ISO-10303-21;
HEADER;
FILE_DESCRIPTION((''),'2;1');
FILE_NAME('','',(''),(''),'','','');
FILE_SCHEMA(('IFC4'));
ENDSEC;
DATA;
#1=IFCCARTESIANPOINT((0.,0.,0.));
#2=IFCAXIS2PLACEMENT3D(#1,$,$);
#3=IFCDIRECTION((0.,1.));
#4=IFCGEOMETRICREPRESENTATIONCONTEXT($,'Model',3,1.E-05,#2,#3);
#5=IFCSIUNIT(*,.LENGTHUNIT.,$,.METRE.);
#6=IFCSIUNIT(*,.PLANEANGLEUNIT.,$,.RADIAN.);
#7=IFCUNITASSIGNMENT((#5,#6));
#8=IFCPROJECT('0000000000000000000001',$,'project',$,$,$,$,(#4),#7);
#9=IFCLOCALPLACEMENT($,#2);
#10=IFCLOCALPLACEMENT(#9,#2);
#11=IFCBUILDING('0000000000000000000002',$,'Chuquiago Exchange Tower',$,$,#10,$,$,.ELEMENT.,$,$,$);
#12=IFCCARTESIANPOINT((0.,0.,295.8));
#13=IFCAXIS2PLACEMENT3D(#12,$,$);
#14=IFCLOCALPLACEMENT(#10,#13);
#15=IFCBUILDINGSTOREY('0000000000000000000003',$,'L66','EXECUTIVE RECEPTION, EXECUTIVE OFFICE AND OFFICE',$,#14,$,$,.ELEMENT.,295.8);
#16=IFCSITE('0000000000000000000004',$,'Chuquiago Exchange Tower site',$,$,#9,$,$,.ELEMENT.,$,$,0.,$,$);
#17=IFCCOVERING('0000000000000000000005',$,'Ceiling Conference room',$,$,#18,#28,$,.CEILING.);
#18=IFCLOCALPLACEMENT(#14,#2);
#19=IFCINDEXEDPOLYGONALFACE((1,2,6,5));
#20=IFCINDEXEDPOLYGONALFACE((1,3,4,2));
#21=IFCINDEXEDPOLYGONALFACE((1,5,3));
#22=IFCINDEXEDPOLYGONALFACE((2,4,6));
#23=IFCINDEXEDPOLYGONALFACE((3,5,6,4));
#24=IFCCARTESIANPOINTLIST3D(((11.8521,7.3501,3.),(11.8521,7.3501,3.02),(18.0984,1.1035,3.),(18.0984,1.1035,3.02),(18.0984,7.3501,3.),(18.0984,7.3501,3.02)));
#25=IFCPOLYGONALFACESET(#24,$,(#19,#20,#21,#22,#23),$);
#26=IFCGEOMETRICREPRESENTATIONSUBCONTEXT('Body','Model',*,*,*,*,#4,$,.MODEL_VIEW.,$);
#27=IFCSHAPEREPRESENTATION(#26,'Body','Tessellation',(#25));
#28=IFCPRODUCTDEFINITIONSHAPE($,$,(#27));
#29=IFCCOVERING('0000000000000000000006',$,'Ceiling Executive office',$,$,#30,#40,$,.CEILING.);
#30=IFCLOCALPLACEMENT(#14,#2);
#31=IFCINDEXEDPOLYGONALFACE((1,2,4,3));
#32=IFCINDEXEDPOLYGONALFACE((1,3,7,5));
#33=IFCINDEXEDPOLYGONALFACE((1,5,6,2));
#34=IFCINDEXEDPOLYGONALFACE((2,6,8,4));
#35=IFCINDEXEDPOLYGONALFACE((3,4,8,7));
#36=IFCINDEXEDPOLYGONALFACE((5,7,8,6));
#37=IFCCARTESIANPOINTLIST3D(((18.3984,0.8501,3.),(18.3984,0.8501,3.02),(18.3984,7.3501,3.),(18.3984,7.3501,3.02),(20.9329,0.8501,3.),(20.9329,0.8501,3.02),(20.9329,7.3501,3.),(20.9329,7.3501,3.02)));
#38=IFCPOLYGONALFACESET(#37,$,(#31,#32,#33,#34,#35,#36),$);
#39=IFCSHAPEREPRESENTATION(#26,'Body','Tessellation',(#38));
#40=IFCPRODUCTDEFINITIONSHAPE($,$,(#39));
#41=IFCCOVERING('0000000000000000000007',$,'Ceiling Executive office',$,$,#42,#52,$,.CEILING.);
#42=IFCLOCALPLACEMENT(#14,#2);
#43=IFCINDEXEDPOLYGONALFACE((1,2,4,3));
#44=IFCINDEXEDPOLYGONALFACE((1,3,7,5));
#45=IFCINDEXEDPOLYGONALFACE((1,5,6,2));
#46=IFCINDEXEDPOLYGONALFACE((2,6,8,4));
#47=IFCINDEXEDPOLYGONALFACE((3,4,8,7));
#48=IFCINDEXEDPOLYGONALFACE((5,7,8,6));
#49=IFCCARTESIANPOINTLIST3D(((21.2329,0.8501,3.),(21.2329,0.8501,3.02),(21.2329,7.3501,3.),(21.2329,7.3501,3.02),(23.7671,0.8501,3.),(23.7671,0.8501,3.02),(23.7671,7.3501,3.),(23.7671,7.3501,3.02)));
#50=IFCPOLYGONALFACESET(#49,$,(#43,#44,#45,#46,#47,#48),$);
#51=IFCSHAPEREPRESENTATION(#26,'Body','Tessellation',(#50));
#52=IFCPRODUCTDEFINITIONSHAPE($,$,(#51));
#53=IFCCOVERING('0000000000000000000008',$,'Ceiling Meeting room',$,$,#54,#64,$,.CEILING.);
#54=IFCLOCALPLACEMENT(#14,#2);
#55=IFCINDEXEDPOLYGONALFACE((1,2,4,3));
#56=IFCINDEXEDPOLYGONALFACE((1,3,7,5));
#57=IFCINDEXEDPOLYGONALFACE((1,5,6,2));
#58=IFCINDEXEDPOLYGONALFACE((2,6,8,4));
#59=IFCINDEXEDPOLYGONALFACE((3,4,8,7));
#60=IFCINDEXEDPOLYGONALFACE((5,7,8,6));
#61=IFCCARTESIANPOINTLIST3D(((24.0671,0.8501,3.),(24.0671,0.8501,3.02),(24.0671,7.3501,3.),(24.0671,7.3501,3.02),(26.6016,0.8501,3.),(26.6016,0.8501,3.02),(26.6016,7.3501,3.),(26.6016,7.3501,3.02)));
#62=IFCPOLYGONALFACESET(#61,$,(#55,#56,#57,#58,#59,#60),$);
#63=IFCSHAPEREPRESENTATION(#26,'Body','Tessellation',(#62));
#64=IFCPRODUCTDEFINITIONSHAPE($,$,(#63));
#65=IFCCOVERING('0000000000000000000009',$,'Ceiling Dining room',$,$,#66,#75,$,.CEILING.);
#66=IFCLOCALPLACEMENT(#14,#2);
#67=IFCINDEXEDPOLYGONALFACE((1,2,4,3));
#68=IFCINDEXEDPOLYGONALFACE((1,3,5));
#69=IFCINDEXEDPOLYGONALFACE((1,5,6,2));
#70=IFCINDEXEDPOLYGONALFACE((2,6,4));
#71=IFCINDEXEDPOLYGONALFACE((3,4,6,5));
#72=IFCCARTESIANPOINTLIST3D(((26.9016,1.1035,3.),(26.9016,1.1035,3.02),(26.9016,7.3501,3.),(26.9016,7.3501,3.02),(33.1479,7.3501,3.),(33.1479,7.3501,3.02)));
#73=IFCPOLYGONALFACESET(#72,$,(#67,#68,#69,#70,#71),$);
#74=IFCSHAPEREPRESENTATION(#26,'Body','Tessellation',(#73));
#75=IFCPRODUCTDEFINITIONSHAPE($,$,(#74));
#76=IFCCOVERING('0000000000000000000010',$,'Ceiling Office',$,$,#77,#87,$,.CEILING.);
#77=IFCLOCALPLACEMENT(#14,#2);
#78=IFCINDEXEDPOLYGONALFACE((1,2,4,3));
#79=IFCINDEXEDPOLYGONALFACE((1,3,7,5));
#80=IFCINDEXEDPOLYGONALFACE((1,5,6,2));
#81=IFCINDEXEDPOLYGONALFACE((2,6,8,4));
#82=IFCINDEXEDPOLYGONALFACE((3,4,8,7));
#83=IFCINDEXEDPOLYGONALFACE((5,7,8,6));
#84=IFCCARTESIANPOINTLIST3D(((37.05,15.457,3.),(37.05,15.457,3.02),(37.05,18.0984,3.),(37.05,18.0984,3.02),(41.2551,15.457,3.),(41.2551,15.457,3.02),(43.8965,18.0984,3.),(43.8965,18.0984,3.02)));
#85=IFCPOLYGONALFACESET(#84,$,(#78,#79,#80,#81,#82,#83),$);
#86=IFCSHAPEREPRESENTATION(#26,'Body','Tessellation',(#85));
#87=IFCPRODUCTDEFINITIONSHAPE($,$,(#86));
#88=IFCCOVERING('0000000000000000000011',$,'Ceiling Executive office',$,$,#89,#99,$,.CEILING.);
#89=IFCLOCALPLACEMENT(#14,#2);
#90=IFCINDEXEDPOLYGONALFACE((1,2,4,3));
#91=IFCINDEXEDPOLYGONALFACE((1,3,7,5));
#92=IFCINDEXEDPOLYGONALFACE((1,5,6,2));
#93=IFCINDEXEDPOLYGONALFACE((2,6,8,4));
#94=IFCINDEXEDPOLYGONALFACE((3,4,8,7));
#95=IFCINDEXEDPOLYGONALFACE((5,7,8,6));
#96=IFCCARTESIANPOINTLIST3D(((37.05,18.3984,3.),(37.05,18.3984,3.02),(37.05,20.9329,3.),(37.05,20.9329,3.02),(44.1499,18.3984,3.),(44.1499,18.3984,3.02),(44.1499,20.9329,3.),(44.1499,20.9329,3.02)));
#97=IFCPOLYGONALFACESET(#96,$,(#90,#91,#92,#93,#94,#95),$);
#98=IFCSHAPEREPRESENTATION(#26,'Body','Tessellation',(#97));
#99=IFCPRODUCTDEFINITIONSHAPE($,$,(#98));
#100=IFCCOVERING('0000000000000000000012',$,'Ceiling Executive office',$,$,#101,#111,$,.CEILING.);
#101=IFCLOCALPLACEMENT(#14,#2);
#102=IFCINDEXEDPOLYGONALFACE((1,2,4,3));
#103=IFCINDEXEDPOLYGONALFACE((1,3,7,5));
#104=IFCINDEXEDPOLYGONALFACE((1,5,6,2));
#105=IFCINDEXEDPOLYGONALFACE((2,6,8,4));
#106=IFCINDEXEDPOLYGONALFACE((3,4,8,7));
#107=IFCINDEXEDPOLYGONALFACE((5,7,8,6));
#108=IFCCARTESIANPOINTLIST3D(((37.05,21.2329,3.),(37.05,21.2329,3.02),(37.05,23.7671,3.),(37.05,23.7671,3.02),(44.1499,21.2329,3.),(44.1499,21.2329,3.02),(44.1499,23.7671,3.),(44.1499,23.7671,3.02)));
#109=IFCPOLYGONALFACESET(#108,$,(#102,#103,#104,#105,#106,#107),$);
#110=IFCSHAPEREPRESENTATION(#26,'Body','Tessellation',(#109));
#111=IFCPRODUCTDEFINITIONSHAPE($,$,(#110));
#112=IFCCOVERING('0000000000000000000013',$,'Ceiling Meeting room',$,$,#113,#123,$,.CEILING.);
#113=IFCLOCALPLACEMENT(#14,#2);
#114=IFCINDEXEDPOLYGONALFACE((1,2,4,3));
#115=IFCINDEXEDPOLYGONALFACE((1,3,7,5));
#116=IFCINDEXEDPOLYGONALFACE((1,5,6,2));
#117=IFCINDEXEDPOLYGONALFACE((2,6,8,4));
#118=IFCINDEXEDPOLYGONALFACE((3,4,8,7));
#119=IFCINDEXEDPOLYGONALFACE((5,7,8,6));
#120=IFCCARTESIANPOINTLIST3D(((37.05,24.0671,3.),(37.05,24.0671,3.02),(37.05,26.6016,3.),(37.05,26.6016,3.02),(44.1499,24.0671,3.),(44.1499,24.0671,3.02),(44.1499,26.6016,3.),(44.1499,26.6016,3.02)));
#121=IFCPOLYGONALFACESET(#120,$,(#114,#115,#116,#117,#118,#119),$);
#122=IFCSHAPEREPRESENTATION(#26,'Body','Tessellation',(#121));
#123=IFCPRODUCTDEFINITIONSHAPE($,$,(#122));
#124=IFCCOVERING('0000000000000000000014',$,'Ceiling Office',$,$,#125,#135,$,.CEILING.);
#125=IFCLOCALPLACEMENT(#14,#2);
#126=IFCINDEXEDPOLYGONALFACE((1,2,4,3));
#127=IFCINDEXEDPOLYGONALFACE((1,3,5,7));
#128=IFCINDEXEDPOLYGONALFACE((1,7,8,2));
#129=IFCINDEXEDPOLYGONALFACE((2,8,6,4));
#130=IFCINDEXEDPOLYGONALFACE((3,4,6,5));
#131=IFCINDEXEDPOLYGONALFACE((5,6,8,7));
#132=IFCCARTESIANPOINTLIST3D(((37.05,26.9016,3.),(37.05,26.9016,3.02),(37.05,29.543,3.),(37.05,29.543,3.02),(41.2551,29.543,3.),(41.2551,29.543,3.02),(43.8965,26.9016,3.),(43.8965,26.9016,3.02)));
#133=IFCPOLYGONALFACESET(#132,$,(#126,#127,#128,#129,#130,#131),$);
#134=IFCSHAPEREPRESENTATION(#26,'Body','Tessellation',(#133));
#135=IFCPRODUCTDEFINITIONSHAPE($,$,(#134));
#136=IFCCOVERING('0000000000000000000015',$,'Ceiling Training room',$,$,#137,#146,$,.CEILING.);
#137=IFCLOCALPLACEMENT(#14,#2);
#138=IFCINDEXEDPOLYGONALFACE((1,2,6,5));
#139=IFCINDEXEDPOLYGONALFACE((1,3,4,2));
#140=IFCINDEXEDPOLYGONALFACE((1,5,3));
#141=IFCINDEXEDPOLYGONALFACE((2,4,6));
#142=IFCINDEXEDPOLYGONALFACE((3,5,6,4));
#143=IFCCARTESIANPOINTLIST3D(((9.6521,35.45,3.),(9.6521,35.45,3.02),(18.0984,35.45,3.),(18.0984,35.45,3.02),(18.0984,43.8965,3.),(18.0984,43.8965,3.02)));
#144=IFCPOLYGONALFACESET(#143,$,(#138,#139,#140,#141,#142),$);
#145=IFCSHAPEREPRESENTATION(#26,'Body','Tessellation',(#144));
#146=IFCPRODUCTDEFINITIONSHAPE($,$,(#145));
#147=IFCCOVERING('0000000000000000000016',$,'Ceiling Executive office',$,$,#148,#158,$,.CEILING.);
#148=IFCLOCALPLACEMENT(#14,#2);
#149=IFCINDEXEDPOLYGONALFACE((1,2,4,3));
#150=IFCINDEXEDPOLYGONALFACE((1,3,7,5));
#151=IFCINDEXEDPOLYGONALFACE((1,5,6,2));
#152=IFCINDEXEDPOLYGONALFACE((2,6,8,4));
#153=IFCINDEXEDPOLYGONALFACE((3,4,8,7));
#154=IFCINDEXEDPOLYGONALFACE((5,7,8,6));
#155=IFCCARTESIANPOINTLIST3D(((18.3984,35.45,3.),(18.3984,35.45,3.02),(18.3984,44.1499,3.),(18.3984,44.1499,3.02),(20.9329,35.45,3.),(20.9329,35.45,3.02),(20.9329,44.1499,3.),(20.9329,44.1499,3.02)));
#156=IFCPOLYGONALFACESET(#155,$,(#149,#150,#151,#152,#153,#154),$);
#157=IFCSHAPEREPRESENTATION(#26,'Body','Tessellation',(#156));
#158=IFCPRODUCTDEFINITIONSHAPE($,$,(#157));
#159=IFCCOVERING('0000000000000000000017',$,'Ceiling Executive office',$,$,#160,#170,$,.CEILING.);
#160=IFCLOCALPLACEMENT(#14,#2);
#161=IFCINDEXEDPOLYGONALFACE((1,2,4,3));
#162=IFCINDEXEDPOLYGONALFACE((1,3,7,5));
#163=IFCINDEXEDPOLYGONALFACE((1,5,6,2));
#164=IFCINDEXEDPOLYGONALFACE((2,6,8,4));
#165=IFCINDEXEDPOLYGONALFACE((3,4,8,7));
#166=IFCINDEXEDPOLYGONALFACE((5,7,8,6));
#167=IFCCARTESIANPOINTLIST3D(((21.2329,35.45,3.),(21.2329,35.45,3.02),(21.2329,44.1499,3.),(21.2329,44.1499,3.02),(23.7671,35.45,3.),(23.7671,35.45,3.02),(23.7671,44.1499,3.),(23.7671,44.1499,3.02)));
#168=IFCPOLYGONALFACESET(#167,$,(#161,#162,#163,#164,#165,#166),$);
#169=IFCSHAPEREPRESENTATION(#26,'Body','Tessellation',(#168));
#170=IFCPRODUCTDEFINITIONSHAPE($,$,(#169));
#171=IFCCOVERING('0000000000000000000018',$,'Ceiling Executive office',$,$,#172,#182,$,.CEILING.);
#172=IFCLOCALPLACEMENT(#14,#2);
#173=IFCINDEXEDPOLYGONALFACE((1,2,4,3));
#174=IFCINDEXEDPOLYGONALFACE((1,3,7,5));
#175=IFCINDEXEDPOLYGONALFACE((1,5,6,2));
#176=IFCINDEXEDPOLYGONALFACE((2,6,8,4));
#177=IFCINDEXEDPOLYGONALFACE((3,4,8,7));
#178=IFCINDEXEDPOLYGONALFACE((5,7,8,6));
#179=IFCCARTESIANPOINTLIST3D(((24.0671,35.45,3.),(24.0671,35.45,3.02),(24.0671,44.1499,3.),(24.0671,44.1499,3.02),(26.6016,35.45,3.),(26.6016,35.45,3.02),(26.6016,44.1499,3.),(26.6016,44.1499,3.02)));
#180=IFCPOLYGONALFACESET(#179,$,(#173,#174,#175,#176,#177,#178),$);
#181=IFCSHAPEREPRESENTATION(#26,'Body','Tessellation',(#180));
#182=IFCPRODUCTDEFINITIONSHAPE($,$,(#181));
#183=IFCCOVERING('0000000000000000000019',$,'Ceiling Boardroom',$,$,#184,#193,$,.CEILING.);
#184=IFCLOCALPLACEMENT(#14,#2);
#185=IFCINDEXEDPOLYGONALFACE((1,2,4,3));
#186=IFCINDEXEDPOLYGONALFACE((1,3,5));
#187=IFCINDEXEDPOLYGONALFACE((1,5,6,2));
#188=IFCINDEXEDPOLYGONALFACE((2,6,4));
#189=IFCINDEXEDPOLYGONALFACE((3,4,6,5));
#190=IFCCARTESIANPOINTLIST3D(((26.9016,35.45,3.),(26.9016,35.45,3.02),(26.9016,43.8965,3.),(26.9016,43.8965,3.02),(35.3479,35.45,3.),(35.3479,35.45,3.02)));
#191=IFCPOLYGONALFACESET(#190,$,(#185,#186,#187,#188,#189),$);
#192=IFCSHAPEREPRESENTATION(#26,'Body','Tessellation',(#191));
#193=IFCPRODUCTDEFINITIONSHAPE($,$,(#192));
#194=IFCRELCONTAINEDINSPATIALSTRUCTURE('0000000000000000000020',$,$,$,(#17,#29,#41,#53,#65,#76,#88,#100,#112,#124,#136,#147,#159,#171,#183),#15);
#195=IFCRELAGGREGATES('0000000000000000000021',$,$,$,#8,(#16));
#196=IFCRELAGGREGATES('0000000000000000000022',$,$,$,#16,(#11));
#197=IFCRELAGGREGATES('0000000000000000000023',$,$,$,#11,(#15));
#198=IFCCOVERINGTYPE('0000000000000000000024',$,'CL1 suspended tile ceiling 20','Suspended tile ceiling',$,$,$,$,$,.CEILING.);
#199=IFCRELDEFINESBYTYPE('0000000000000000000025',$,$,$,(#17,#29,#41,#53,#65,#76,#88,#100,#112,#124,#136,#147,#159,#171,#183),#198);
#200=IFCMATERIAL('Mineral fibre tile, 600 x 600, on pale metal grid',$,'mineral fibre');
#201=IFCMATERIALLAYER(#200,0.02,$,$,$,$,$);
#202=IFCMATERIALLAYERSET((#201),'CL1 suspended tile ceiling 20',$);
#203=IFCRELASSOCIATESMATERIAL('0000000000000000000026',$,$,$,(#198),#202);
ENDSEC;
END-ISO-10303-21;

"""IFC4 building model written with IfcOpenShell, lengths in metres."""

from ifc_helpers import new_model, si_unit, direction, frame, origin, place, context, subcontext, project, spatial, polyline, outline, extrude, material, layer, layer_set, type_object, element, save


model = new_model("IFC4")

# Units and contexts
model_context = context("Model", 3, precision=1e-05, world=origin(), true_north=direction((0.0, 1.0)))
body_context = subcontext(model_context, "Body", "Model", "MODEL_VIEW")
ifc_project = project(units=[si_unit("LENGTHUNIT", "METRE"), si_unit("PLANEANGLEUNIT", "RADIAN")], contexts=[model_context])

# Site, building, storey
site_placement = place(None, origin())
site = spatial("IfcSite", under=ifc_project, at=site_placement, Name="Chuquiago Exchange Tower site", CompositionType="ELEMENT", RefElevation=0.0)
building_placement = place(site_placement, origin())
building = spatial("IfcBuilding", under=site, at=building_placement, Name="Chuquiago Exchange Tower", CompositionType="ELEMENT")
storey_placement = place(building_placement, frame((0.0, 0.0, 295.8)))
storey = spatial("IfcBuildingStorey", under=building, at=storey_placement, Name="L66", Description="EXECUTIVE RECEPTION, EXECUTIVE OFFICE AND OFFICE", CompositionType="ELEMENT", Elevation=295.8)

# Coverings
ifc_material_1 = material(Name="Mineral fibre tile, 600 x 600, on pale metal grid", Category="mineral fibre")
ifc_layer_1 = layer(ifc_material_1, 0.02)
ifc_layer_set_1 = layer_set([ifc_layer_1], Name="CL1 suspended tile ceiling 20")
covering_type_1 = type_object("IfcCoveringType", Name="CL1 suspended tile ceiling 20", Description="Suspended tile ceiling", PredefinedType="CEILING", material=ifc_layer_set_1)
covering_1_placement = place(storey_placement, frame((0.0, 0.0, 3.0)))
element("IfcCovering", 1, at=covering_1_placement, inside=storey, type_object=covering_type_1, Name="Ceiling Conference room", PredefinedType="CEILING", context=body_context, shape_type="SweptSolid", body=[
    extrude(outline(polyline([(18.0984, 7.3501), (18.0984, 1.1035), (11.8521, 7.3501), (18.0984, 7.3501)])), origin(), (0.0, 0.0, 1.0), 0.02),
])
covering_2_placement = place(storey_placement, frame((0.0, 0.0, 3.0)))
element("IfcCovering", 2, at=covering_2_placement, inside=storey, type_object=covering_type_1, Name="Ceiling Executive office", PredefinedType="CEILING", context=body_context, shape_type="SweptSolid", body=[
    extrude(outline(polyline([(18.3984, 7.3501), (20.9329, 7.3501), (20.9329, 0.8501), (18.3984, 0.8501), (18.3984, 7.3501)])), origin(), (0.0, 0.0, 1.0), 0.02),
])
covering_3_placement = place(storey_placement, frame((0.0, 0.0, 3.0)))
element("IfcCovering", 3, at=covering_3_placement, inside=storey, type_object=covering_type_1, Name="Ceiling Executive office", PredefinedType="CEILING", context=body_context, shape_type="SweptSolid", body=[
    extrude(outline(polyline([(21.2329, 7.3501), (23.7671, 7.3501), (23.7671, 0.8501), (21.2329, 0.8501), (21.2329, 7.3501)])), origin(), (0.0, 0.0, 1.0), 0.02),
])
covering_4_placement = place(storey_placement, frame((0.0, 0.0, 3.0)))
element("IfcCovering", 4, at=covering_4_placement, inside=storey, type_object=covering_type_1, Name="Ceiling Meeting room", PredefinedType="CEILING", context=body_context, shape_type="SweptSolid", body=[
    extrude(outline(polyline([(24.0671, 0.8501), (24.0671, 7.3501), (26.6016, 7.3501), (26.6016, 0.8501), (24.0671, 0.8501)])), origin(), (0.0, 0.0, 1.0), 0.02),
])
covering_5_placement = place(storey_placement, frame((0.0, 0.0, 3.0)))
element("IfcCovering", 5, at=covering_5_placement, inside=storey, type_object=covering_type_1, Name="Ceiling Dining room", PredefinedType="CEILING", context=body_context, shape_type="SweptSolid", body=[
    extrude(outline(polyline([(26.9016, 7.3501), (33.1479, 7.3501), (26.9016, 1.1035), (26.9016, 7.3501)])), origin(), (0.0, 0.0, 1.0), 0.02),
])
covering_6_placement = place(storey_placement, frame((0.0, 0.0, 3.0)))
element("IfcCovering", 6, at=covering_6_placement, inside=storey, type_object=covering_type_1, Name="Ceiling Office", PredefinedType="CEILING", context=body_context, shape_type="SweptSolid", body=[
    extrude(outline(polyline([(37.05, 15.457), (37.05, 18.0984), (43.8965, 18.0984), (41.2551, 15.457), (37.05, 15.457)])), origin(), (0.0, 0.0, 1.0), 0.02),
])
covering_7_placement = place(storey_placement, frame((0.0, 0.0, 3.0)))
element("IfcCovering", 7, at=covering_7_placement, inside=storey, type_object=covering_type_1, Name="Ceiling Executive office", PredefinedType="CEILING", context=body_context, shape_type="SweptSolid", body=[
    extrude(outline(polyline([(37.05, 18.3984), (37.05, 20.9329), (44.1499, 20.9329), (44.1499, 18.3984), (37.05, 18.3984)])), origin(), (0.0, 0.0, 1.0), 0.02),
])
covering_8_placement = place(storey_placement, frame((0.0, 0.0, 3.0)))
element("IfcCovering", 8, at=covering_8_placement, inside=storey, type_object=covering_type_1, Name="Ceiling Executive office", PredefinedType="CEILING", context=body_context, shape_type="SweptSolid", body=[
    extrude(outline(polyline([(37.05, 21.2329), (37.05, 23.7671), (44.1499, 23.7671), (44.1499, 21.2329), (37.05, 21.2329)])), origin(), (0.0, 0.0, 1.0), 0.02),
])
covering_9_placement = place(storey_placement, frame((0.0, 0.0, 3.0)))
element("IfcCovering", 9, at=covering_9_placement, inside=storey, type_object=covering_type_1, Name="Ceiling Meeting room", PredefinedType="CEILING", context=body_context, shape_type="SweptSolid", body=[
    extrude(outline(polyline([(44.1499, 24.0671), (37.05, 24.0671), (37.05, 26.6016), (44.1499, 26.6016), (44.1499, 24.0671)])), origin(), (0.0, 0.0, 1.0), 0.02),
])
covering_10_placement = place(storey_placement, frame((0.0, 0.0, 3.0)))
element("IfcCovering", 10, at=covering_10_placement, inside=storey, type_object=covering_type_1, Name="Ceiling Office", PredefinedType="CEILING", context=body_context, shape_type="SweptSolid", body=[
    extrude(outline(polyline([(37.05, 26.9016), (37.05, 29.543), (41.2551, 29.543), (43.8965, 26.9016), (37.05, 26.9016)])), origin(), (0.0, 0.0, 1.0), 0.02),
])
covering_11_placement = place(storey_placement, frame((0.0, 0.0, 3.0)))
element("IfcCovering", 11, at=covering_11_placement, inside=storey, type_object=covering_type_1, Name="Ceiling Training room", PredefinedType="CEILING", context=body_context, shape_type="SweptSolid", body=[
    extrude(outline(polyline([(18.0984, 43.8965), (18.0984, 35.45), (9.6521, 35.45), (18.0984, 43.8965)])), origin(), (0.0, 0.0, 1.0), 0.02),
])
covering_12_placement = place(storey_placement, frame((0.0, 0.0, 3.0)))
element("IfcCovering", 12, at=covering_12_placement, inside=storey, type_object=covering_type_1, Name="Ceiling Executive office", PredefinedType="CEILING", context=body_context, shape_type="SweptSolid", body=[
    extrude(outline(polyline([(20.9329, 44.1499), (20.9329, 35.45), (18.3984, 35.45), (18.3984, 44.1499), (20.9329, 44.1499)])), origin(), (0.0, 0.0, 1.0), 0.02),
])
covering_13_placement = place(storey_placement, frame((0.0, 0.0, 3.0)))
element("IfcCovering", 13, at=covering_13_placement, inside=storey, type_object=covering_type_1, Name="Ceiling Executive office", PredefinedType="CEILING", context=body_context, shape_type="SweptSolid", body=[
    extrude(outline(polyline([(23.7671, 35.45), (21.2329, 35.45), (21.2329, 44.1499), (23.7671, 44.1499), (23.7671, 35.45)])), origin(), (0.0, 0.0, 1.0), 0.02),
])
covering_14_placement = place(storey_placement, frame((0.0, 0.0, 3.0)))
element("IfcCovering", 14, at=covering_14_placement, inside=storey, type_object=covering_type_1, Name="Ceiling Executive office", PredefinedType="CEILING", context=body_context, shape_type="SweptSolid", body=[
    extrude(outline(polyline([(26.6016, 35.45), (24.0671, 35.45), (24.0671, 44.1499), (26.6016, 44.1499), (26.6016, 35.45)])), origin(), (0.0, 0.0, 1.0), 0.02),
])
covering_15_placement = place(storey_placement, frame((0.0, 0.0, 3.0)))
element("IfcCovering", 15, at=covering_15_placement, inside=storey, type_object=covering_type_1, Name="Ceiling Boardroom", PredefinedType="CEILING", context=body_context, shape_type="SweptSolid", body=[
    extrude(outline(polyline([(26.9016, 35.45), (26.9016, 43.8965), (35.3479, 35.45), (26.9016, 35.45)])), origin(), (0.0, 0.0, 1.0), 0.02),
])

save(model, "model.ifc")
